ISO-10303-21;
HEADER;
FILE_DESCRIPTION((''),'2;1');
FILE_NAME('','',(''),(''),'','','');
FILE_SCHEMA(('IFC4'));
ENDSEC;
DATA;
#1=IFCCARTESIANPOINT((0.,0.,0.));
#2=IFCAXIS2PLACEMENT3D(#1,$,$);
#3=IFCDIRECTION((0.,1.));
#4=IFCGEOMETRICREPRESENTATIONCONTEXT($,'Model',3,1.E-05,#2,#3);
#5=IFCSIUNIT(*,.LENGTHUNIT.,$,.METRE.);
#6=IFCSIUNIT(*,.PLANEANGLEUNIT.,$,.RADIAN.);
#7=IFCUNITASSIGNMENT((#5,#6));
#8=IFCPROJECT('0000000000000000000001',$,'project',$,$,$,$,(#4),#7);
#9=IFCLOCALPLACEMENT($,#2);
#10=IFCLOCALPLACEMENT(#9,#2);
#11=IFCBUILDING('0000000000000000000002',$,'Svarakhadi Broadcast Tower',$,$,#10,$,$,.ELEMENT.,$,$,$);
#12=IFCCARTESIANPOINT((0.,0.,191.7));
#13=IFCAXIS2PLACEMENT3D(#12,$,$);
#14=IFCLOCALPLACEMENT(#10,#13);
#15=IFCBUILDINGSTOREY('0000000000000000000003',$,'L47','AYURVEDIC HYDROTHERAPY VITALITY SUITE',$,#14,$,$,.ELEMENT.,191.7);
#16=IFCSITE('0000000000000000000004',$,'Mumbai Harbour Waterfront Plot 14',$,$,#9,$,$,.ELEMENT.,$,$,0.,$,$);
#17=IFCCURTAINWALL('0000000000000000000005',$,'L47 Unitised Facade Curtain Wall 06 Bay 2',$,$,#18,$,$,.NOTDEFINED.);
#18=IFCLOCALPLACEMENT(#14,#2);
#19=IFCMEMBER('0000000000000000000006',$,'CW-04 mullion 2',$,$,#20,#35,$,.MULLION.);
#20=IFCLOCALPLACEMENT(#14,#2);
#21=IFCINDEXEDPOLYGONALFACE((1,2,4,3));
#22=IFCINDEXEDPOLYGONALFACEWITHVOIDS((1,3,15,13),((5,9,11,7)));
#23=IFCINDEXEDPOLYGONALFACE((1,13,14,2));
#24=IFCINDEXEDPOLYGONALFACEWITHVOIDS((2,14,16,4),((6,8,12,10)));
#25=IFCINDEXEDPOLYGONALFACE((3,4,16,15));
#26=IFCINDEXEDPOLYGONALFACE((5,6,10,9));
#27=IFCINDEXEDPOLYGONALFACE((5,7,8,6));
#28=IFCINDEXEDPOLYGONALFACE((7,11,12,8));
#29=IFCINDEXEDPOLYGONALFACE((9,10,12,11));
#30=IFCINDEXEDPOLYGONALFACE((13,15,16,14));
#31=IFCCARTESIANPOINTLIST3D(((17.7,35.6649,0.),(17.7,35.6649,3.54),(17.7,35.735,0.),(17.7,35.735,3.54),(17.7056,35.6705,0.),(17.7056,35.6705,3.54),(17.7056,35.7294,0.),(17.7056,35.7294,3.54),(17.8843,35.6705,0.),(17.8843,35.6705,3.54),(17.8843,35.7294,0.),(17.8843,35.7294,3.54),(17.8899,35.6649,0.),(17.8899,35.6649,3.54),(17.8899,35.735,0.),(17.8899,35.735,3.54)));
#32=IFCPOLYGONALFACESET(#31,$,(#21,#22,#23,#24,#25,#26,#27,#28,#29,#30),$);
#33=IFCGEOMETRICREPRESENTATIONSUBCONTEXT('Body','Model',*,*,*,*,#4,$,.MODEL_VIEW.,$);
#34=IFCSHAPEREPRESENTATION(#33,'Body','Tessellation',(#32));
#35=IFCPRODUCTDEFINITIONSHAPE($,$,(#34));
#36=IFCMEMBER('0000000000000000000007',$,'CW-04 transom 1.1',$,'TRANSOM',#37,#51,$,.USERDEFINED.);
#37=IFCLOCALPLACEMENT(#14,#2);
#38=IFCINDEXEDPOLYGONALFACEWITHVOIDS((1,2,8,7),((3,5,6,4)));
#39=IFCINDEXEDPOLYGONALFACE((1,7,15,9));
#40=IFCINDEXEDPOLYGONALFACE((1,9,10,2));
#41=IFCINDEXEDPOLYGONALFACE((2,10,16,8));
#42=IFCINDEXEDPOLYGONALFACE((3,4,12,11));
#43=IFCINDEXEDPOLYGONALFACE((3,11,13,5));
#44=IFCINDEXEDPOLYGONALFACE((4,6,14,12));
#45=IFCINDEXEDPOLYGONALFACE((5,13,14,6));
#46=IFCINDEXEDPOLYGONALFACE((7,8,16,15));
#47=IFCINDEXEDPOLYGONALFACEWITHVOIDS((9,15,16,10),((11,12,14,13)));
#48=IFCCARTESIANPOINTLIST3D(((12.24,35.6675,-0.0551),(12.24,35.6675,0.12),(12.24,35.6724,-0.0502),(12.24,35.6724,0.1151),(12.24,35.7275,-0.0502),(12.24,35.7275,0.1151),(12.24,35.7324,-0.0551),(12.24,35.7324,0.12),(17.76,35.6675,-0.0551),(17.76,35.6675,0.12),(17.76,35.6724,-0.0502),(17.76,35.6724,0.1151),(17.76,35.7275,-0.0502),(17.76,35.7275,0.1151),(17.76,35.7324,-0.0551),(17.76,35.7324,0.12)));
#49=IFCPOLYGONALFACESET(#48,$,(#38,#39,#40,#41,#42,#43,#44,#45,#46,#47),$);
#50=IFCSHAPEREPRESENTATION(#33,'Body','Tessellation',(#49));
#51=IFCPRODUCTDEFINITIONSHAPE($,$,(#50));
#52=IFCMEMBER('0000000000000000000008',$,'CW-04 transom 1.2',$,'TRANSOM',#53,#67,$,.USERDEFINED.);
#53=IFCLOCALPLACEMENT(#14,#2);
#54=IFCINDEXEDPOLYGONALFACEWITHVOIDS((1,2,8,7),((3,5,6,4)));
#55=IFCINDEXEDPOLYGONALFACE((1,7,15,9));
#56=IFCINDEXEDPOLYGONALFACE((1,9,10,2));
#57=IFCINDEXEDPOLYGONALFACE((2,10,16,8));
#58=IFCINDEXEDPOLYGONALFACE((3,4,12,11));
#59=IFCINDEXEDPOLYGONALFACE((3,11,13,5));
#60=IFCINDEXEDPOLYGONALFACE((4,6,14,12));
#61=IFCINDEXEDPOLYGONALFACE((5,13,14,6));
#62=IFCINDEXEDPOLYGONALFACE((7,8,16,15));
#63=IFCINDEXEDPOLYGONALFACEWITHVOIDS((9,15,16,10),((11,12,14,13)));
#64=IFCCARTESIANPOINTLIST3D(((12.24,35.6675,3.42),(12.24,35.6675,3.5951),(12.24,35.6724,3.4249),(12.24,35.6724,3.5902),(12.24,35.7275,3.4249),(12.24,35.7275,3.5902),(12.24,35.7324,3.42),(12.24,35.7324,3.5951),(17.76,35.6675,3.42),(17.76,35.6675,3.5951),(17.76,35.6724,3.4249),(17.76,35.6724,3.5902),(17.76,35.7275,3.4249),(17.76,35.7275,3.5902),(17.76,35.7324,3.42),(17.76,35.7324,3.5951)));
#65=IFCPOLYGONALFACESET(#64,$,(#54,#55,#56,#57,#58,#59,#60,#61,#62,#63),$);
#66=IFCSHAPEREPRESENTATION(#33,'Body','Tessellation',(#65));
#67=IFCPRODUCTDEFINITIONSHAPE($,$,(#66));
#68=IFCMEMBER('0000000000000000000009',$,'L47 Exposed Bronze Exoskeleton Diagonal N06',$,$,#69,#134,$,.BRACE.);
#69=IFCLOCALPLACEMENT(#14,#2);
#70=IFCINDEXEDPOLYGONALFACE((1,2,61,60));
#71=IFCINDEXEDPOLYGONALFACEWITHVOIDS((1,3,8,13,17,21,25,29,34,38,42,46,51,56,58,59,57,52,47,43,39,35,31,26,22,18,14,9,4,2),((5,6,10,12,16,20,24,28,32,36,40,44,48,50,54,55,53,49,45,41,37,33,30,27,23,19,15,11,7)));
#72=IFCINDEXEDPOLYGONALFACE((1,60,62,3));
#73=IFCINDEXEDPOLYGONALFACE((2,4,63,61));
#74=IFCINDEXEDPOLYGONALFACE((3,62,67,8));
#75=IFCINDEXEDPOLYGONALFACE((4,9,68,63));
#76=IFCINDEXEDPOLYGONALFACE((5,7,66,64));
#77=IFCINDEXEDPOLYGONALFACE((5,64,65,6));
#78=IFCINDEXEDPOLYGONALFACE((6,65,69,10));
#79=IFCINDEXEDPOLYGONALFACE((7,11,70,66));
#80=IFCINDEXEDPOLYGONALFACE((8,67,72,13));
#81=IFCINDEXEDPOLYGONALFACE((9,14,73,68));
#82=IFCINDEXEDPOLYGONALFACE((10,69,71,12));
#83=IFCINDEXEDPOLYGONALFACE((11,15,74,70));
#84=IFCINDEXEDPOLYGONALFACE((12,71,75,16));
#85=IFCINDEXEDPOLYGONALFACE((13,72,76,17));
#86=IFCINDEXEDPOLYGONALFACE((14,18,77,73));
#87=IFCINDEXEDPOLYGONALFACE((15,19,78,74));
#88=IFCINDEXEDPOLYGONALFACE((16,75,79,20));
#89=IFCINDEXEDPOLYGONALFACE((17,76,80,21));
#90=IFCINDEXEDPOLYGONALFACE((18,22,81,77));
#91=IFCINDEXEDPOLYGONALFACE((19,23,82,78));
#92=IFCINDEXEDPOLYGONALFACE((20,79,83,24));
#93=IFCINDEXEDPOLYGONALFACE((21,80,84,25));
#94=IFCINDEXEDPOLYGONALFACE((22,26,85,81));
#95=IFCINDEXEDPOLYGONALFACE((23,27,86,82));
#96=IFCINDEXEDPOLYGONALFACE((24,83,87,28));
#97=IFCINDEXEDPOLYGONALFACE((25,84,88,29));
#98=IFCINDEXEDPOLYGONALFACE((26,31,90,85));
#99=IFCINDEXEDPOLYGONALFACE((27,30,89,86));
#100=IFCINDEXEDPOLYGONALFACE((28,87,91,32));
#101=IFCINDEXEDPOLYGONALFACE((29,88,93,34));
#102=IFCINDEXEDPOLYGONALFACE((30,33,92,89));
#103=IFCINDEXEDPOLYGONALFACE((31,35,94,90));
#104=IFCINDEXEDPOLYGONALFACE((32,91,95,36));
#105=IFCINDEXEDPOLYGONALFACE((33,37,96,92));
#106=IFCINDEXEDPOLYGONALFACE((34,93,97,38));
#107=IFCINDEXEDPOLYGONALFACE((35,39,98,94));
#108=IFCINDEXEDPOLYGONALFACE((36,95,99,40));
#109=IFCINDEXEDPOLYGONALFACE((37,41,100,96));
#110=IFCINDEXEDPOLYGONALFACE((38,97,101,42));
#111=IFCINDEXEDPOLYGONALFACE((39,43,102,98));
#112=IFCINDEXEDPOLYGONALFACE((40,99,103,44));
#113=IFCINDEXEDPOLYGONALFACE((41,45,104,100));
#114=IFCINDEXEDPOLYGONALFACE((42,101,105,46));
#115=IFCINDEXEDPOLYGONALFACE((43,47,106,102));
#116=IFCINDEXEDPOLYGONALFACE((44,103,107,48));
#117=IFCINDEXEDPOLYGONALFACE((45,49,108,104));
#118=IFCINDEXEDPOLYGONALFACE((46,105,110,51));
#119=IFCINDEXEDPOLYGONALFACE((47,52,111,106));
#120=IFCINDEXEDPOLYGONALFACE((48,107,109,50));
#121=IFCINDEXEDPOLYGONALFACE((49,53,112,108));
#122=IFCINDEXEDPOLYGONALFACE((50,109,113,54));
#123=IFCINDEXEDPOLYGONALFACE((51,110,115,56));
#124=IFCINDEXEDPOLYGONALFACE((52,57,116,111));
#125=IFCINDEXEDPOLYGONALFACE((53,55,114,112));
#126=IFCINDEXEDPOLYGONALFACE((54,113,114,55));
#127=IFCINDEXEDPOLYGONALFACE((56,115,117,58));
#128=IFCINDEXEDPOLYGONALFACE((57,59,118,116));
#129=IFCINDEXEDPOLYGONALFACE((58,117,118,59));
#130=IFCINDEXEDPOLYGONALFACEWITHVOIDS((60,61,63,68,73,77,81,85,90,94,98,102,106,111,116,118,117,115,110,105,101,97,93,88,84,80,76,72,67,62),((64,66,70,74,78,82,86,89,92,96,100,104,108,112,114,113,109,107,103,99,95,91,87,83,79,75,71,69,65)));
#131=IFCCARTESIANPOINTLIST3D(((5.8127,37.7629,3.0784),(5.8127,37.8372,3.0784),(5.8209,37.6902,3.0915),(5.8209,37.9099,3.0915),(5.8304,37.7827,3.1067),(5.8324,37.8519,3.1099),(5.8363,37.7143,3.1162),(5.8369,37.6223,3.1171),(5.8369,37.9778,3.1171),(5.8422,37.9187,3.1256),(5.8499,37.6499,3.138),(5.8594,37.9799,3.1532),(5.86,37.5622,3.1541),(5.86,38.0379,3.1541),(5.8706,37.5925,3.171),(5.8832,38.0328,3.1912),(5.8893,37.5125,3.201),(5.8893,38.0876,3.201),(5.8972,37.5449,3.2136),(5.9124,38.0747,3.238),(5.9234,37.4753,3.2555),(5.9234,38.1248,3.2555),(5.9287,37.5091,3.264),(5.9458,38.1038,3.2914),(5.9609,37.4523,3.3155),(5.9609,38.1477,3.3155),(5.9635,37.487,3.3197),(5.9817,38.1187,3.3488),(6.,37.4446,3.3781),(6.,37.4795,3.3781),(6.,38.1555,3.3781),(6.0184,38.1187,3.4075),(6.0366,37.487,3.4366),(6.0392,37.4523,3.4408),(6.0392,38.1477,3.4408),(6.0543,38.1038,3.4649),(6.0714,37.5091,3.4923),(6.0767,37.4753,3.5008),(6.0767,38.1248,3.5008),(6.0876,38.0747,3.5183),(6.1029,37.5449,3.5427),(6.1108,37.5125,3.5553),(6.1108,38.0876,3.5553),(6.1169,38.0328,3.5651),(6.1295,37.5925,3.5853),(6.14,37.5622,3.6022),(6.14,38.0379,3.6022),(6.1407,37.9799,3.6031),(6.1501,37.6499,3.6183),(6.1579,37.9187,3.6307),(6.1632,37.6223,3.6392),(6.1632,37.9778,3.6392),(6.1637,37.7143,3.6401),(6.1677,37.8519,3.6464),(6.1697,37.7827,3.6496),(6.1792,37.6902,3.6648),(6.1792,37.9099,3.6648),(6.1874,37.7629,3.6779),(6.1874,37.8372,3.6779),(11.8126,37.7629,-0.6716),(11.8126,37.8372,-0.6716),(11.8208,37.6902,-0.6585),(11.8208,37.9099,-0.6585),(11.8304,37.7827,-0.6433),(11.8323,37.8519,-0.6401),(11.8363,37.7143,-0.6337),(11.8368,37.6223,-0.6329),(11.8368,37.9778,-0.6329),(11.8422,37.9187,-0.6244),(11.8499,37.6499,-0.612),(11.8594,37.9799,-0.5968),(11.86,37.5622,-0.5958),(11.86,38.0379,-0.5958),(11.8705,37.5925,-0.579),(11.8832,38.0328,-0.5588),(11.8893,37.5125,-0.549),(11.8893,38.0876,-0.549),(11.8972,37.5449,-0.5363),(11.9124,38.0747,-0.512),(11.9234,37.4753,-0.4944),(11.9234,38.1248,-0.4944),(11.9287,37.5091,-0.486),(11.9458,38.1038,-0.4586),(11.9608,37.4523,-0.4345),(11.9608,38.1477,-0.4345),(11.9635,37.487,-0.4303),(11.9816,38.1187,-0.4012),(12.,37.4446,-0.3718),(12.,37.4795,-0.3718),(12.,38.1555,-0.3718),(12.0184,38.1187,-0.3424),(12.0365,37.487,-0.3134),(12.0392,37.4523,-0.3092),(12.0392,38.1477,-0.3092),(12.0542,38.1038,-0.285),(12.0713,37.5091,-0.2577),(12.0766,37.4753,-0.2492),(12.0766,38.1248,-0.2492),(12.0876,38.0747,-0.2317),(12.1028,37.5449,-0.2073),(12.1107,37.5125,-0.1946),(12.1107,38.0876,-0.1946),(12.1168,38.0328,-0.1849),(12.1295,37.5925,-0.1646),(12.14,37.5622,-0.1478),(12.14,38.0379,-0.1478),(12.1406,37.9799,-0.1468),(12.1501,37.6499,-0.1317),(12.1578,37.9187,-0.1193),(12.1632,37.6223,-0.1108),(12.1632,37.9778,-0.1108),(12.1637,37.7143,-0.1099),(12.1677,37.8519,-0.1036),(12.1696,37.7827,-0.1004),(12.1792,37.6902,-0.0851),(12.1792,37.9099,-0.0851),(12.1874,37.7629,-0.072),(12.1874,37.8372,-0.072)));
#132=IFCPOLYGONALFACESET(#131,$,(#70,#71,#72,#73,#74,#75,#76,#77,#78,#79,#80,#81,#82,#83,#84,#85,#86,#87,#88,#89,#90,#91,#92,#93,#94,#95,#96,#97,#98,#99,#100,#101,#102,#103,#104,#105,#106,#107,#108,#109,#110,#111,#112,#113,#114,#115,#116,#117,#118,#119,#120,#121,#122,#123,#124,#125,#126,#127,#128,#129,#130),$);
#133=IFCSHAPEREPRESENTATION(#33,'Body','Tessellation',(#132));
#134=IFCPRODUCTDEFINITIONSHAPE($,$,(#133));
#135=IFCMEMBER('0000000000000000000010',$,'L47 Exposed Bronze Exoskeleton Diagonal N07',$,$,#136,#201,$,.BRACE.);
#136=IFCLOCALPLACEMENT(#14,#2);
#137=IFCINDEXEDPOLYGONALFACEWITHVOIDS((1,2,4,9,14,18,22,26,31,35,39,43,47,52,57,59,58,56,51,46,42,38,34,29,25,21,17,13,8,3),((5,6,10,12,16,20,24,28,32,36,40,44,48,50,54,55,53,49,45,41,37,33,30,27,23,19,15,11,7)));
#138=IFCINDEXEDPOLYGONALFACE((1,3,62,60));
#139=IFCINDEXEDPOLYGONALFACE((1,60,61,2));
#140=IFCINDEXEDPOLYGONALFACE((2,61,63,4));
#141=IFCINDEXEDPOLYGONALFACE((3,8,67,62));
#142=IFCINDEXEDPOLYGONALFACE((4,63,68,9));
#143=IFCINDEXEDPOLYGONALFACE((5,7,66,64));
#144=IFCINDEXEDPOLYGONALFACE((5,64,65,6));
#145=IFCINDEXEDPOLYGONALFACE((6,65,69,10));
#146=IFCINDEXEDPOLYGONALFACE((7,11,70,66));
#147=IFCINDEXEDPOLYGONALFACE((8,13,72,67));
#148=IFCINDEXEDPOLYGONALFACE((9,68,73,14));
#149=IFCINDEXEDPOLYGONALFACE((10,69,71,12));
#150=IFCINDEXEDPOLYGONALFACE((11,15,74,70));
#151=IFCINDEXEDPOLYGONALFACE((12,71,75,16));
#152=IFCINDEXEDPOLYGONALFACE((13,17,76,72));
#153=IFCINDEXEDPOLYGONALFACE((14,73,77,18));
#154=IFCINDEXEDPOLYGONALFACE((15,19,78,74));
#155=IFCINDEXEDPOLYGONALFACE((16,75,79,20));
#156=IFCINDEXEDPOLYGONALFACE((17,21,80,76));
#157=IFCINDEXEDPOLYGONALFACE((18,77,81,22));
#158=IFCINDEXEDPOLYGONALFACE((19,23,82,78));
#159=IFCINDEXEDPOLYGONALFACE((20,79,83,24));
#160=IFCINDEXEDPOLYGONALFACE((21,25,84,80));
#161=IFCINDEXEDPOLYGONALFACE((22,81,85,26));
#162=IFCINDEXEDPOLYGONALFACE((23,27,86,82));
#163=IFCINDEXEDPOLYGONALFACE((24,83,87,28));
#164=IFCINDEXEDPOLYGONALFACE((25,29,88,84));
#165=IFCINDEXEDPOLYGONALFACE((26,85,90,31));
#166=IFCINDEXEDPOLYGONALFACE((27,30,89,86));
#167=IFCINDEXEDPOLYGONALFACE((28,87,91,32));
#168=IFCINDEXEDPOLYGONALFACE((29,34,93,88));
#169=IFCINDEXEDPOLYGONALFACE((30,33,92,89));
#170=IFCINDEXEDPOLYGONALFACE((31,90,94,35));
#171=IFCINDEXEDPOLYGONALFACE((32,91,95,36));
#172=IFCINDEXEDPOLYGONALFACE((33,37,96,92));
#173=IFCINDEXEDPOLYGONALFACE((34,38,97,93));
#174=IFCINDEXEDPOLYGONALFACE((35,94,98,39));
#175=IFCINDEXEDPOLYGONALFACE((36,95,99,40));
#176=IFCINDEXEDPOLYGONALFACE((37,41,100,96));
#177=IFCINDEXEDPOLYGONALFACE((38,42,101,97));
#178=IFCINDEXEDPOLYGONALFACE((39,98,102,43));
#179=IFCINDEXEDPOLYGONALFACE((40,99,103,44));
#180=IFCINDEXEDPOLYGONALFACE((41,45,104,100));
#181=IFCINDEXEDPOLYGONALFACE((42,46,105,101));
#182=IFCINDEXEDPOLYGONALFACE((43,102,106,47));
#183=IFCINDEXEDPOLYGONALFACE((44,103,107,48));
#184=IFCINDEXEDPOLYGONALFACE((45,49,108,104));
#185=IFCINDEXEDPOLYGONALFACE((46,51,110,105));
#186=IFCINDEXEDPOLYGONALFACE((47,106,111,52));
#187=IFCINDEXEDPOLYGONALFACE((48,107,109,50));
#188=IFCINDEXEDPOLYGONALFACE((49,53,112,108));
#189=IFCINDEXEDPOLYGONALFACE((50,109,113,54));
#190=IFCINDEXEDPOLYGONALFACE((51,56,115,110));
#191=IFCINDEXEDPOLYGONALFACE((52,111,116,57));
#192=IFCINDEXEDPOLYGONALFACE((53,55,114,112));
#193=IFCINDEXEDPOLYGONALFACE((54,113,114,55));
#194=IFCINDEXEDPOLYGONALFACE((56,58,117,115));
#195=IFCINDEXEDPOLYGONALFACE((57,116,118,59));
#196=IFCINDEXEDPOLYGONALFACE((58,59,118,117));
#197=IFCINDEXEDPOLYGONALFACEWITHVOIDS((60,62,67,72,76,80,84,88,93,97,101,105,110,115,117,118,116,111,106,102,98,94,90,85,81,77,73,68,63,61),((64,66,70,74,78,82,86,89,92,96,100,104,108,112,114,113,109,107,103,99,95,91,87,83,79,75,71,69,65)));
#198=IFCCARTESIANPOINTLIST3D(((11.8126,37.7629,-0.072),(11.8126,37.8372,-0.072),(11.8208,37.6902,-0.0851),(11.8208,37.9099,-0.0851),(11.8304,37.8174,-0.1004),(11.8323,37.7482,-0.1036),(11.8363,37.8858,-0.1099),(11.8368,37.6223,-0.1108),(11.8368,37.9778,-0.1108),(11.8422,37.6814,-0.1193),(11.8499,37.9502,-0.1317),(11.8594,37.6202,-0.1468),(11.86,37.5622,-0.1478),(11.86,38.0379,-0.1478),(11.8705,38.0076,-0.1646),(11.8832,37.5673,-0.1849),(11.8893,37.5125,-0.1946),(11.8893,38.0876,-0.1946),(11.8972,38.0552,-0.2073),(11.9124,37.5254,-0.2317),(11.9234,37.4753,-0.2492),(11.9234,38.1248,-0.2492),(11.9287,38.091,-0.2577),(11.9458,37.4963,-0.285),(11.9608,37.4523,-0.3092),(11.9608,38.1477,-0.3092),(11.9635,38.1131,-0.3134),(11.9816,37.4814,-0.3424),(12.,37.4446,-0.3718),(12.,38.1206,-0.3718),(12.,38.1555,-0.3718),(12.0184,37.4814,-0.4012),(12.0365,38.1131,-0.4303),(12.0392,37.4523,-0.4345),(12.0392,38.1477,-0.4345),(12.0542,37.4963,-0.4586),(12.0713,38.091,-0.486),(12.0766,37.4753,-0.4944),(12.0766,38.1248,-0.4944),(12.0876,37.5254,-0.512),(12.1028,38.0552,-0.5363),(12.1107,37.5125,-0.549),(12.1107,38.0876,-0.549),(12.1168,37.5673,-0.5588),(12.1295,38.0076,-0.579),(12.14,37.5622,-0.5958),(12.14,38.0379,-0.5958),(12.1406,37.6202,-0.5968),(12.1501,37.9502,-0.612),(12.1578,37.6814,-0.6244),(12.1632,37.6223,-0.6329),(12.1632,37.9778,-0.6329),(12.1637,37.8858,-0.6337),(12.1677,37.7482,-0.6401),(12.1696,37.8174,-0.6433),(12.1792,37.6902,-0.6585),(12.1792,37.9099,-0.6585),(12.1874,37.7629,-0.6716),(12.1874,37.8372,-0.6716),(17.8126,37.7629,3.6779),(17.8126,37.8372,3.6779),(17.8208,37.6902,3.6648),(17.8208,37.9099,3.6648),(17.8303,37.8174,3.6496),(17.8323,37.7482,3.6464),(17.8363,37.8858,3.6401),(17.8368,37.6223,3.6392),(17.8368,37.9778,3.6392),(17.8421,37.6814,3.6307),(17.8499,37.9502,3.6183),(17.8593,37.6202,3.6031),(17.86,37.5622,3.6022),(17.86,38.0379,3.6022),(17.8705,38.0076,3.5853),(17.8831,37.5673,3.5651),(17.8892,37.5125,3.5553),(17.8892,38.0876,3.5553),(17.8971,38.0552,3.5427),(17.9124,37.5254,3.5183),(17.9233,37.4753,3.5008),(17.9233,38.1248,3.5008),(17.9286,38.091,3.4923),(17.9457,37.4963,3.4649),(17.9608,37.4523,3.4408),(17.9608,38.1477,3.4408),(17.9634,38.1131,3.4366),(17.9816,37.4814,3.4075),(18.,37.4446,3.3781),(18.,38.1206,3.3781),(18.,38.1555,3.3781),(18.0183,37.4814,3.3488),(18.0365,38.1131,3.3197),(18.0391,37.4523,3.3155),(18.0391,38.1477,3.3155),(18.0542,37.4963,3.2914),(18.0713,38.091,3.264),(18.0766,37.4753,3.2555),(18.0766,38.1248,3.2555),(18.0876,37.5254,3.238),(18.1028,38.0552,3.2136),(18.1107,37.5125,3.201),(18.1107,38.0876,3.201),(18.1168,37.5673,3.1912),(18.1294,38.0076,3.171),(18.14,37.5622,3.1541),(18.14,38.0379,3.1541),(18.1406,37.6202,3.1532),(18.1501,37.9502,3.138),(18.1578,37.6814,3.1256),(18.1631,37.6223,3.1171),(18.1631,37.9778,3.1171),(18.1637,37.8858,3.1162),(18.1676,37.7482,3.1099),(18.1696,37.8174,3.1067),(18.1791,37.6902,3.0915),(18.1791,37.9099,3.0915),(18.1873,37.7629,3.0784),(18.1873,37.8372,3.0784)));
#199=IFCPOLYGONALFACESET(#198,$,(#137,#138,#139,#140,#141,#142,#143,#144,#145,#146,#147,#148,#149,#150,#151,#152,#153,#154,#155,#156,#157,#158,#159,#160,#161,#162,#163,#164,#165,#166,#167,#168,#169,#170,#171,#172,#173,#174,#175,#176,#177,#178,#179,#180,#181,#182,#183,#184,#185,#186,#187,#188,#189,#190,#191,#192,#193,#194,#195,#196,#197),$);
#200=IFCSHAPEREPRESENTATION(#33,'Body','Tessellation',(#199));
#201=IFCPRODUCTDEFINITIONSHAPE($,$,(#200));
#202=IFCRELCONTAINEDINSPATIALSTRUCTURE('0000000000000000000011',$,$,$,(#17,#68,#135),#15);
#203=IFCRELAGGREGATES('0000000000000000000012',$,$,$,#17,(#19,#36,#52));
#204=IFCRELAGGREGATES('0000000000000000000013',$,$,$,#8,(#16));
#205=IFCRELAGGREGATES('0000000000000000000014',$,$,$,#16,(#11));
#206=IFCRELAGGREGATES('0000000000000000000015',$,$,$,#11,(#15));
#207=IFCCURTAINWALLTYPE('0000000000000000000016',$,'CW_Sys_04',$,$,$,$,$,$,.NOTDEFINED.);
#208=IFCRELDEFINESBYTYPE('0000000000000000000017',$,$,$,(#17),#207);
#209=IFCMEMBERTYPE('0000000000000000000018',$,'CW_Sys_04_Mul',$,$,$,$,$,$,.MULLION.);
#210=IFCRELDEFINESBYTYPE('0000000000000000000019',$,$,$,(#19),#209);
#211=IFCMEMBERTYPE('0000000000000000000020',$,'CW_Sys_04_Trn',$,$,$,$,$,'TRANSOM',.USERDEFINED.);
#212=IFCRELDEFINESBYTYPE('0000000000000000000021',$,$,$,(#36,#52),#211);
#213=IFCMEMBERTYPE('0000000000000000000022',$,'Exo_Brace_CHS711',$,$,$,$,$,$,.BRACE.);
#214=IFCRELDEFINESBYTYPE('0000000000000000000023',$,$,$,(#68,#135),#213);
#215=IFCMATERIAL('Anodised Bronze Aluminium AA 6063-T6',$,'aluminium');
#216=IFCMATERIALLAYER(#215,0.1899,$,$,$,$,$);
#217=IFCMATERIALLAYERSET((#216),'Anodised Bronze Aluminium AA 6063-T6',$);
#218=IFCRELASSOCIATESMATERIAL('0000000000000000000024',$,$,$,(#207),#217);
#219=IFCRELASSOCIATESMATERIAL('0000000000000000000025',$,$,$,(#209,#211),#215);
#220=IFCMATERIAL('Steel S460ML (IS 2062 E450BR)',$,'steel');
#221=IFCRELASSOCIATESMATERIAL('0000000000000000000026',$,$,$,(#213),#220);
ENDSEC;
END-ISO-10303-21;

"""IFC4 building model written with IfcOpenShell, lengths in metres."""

from ifc_helpers import new_model, si_unit, direction, frame, origin, origin_2d, place, context, subcontext, project, spatial, hollow_rectangle, hollow_circle, extrude, material, layer, layer_set, material_profile, profile_set, type_object, element, aggregate, save


model = new_model("IFC4")

# Units and contexts
model_context = context("Model", 3, precision=1e-05, world=origin(), true_north=direction((0.0, 1.0)))
body_context = subcontext(model_context, "Body", "Model", "MODEL_VIEW")
ifc_project = project(units=[si_unit("LENGTHUNIT", "METRE"), si_unit("PLANEANGLEUNIT", "RADIAN")], contexts=[model_context])

# Site, building, storey
site_placement = place(None, origin())
site = spatial("IfcSite", under=ifc_project, at=site_placement, Name="Mumbai Harbour Waterfront Plot 14", CompositionType="ELEMENT", RefElevation=0.0)
building_placement = place(site_placement, origin())
building = spatial("IfcBuilding", under=site, at=building_placement, Name="Svarakhadi Broadcast Tower", CompositionType="ELEMENT")
storey_placement = place(building_placement, frame((0.0, 0.0, 191.7)))
storey = spatial("IfcBuildingStorey", under=building, at=storey_placement, Name="L47", Description="AYURVEDIC HYDROTHERAPY VITALITY SUITE", CompositionType="ELEMENT", Elevation=191.7)

# Shared definitions
ifc_material_1 = material(Name="Steel S460ML (IS 2062 E450BR)", Category="steel")

# Shared definitions
ifc_material_2 = material(Name="Anodised Bronze Aluminium AA 6063-T6", Category="aluminium")
ifc_layer_1 = layer(ifc_material_2, 0.1899)
ifc_layer_set_1 = layer_set([ifc_layer_1], Name="Anodised Bronze Aluminium AA 6063-T6")
curtain_wall_type = type_object("IfcCurtainWallType", Name="CW_Sys_04", PredefinedType="NOTDEFINED", material=ifc_layer_set_1)
ifc_material_profile_1 = material_profile(ifc_material_2, hollow_rectangle(XDim=0.0701, YDim=0.1899, WallThickness=0.0056, at=origin_2d()), Name="ALU MULLION 190x70x6")
ifc_profile_set_1 = profile_set([ifc_material_profile_1], Name="Anodised Bronze Aluminium AA 6063-T6")
member_type_1 = type_object("IfcMemberType", Name="CW_Sys_04_Mul", PredefinedType="MULLION", material=ifc_profile_set_1)

# Curtain wall, members
curtain_wall_1_placement = place(storey_placement, origin())
curtain_wall_1 = element("IfcCurtainWall", 1, at=curtain_wall_1_placement, inside=storey, type_object=curtain_wall_type, Name="L47 Unitised Facade Curtain Wall 06 Bay 2", PredefinedType="NOTDEFINED")
member_1_placement = place(storey_placement, frame((17.7949, 35.7, 0.0), z_axis=(0.0, 0.0, 1.0), x_axis=(0.0, 1.0, 0.0)))
member_1 = element("IfcMember", 2, at=member_1_placement, type_object=member_type_1, Name="CW-04 mullion 2", PredefinedType="MULLION", context=body_context, shape_type="SweptSolid", body=[
    extrude(hollow_rectangle(XDim=0.0701, YDim=0.1899, WallThickness=0.0056, at=origin_2d()), origin(), (0.0, 0.0, 1.0), 3.54),
])
ifc_material_profile_2 = material_profile(ifc_material_2, hollow_rectangle(XDim=0.0649, YDim=0.175, WallThickness=0.0049, at=origin_2d()), Name="ALU TRANSOM 175x65x5")
ifc_profile_set_2 = profile_set([ifc_material_profile_2], Name="Anodised Bronze Aluminium AA 6063-T6")
member_type_2 = type_object("IfcMemberType", Name="CW_Sys_04_Trn", ElementType="TRANSOM", PredefinedType="USERDEFINED", material=ifc_profile_set_2)
member_2_placement = place(storey_placement, frame((12.24, 35.7, 0.0325), z_axis=(1.0, 0.0, 0.0), x_axis=(0.0, 1.0, 0.0)))
member_2 = element("IfcMember", 3, at=member_2_placement, type_object=member_type_2, Name="CW-04 transom 1.1", ObjectType="TRANSOM", PredefinedType="USERDEFINED", context=body_context, shape_type="SweptSolid", body=[
    extrude(hollow_rectangle(XDim=0.0649, YDim=0.175, WallThickness=0.0049, at=origin_2d()), origin(), (0.0, 0.0, 1.0), 5.52),
])
member_3_placement = place(storey_placement, frame((12.24, 35.7, 3.5076), z_axis=(1.0, 0.0, 0.0), x_axis=(0.0, 1.0, 0.0)))
member_3 = element("IfcMember", 4, at=member_3_placement, type_object=member_type_2, Name="CW-04 transom 1.2", ObjectType="TRANSOM", PredefinedType="USERDEFINED", context=body_context, shape_type="SweptSolid", body=[
    extrude(hollow_rectangle(XDim=0.0649, YDim=0.175, WallThickness=0.0049, at=origin_2d()), origin(), (0.0, 0.0, 1.0), 5.52),
])

# Members
ifc_material_profile_3 = material_profile(ifc_material_1, hollow_circle(Radius=0.3555, WallThickness=0.0349, at=origin_2d()), Name="CHS 711x35")
ifc_profile_set_3 = profile_set([ifc_material_profile_3], Name="Steel S460ML (IS 2062 E450BR)")
member_type_3 = type_object("IfcMemberType", Name="Exo_Brace_CHS711", PredefinedType="BRACE", material=ifc_profile_set_3)
for number, where, z_axis, x_axis, name in (
    (5, (12.0, 37.8, -0.3718), (-0.847998, 0.0, 0.529999), (0.0, -1.0, 0.0), "L47 Exposed Bronze Exoskeleton Diagonal N06"),
    (6, (12.0, 37.8, -0.3718), (0.847998, 0.0, 0.529999), (0.0, 1.0, 0.0), "L47 Exposed Bronze Exoskeleton Diagonal N07"),
):
    element("IfcMember", number, at=place(storey_placement, frame(where, z_axis=z_axis, x_axis=x_axis)), inside=storey, type_object=member_type_3, Name=name, PredefinedType="BRACE", context=body_context, shape_type="SweptSolid", body=[
        extrude(hollow_circle(Radius=0.3555, WallThickness=0.0349, at=origin_2d()), origin(), (0.0, 0.0, 1.0), 7.0754),
    ])

aggregate(curtain_wall_1, [member_1, member_2, member_3])

save(model, "model.ifc")
